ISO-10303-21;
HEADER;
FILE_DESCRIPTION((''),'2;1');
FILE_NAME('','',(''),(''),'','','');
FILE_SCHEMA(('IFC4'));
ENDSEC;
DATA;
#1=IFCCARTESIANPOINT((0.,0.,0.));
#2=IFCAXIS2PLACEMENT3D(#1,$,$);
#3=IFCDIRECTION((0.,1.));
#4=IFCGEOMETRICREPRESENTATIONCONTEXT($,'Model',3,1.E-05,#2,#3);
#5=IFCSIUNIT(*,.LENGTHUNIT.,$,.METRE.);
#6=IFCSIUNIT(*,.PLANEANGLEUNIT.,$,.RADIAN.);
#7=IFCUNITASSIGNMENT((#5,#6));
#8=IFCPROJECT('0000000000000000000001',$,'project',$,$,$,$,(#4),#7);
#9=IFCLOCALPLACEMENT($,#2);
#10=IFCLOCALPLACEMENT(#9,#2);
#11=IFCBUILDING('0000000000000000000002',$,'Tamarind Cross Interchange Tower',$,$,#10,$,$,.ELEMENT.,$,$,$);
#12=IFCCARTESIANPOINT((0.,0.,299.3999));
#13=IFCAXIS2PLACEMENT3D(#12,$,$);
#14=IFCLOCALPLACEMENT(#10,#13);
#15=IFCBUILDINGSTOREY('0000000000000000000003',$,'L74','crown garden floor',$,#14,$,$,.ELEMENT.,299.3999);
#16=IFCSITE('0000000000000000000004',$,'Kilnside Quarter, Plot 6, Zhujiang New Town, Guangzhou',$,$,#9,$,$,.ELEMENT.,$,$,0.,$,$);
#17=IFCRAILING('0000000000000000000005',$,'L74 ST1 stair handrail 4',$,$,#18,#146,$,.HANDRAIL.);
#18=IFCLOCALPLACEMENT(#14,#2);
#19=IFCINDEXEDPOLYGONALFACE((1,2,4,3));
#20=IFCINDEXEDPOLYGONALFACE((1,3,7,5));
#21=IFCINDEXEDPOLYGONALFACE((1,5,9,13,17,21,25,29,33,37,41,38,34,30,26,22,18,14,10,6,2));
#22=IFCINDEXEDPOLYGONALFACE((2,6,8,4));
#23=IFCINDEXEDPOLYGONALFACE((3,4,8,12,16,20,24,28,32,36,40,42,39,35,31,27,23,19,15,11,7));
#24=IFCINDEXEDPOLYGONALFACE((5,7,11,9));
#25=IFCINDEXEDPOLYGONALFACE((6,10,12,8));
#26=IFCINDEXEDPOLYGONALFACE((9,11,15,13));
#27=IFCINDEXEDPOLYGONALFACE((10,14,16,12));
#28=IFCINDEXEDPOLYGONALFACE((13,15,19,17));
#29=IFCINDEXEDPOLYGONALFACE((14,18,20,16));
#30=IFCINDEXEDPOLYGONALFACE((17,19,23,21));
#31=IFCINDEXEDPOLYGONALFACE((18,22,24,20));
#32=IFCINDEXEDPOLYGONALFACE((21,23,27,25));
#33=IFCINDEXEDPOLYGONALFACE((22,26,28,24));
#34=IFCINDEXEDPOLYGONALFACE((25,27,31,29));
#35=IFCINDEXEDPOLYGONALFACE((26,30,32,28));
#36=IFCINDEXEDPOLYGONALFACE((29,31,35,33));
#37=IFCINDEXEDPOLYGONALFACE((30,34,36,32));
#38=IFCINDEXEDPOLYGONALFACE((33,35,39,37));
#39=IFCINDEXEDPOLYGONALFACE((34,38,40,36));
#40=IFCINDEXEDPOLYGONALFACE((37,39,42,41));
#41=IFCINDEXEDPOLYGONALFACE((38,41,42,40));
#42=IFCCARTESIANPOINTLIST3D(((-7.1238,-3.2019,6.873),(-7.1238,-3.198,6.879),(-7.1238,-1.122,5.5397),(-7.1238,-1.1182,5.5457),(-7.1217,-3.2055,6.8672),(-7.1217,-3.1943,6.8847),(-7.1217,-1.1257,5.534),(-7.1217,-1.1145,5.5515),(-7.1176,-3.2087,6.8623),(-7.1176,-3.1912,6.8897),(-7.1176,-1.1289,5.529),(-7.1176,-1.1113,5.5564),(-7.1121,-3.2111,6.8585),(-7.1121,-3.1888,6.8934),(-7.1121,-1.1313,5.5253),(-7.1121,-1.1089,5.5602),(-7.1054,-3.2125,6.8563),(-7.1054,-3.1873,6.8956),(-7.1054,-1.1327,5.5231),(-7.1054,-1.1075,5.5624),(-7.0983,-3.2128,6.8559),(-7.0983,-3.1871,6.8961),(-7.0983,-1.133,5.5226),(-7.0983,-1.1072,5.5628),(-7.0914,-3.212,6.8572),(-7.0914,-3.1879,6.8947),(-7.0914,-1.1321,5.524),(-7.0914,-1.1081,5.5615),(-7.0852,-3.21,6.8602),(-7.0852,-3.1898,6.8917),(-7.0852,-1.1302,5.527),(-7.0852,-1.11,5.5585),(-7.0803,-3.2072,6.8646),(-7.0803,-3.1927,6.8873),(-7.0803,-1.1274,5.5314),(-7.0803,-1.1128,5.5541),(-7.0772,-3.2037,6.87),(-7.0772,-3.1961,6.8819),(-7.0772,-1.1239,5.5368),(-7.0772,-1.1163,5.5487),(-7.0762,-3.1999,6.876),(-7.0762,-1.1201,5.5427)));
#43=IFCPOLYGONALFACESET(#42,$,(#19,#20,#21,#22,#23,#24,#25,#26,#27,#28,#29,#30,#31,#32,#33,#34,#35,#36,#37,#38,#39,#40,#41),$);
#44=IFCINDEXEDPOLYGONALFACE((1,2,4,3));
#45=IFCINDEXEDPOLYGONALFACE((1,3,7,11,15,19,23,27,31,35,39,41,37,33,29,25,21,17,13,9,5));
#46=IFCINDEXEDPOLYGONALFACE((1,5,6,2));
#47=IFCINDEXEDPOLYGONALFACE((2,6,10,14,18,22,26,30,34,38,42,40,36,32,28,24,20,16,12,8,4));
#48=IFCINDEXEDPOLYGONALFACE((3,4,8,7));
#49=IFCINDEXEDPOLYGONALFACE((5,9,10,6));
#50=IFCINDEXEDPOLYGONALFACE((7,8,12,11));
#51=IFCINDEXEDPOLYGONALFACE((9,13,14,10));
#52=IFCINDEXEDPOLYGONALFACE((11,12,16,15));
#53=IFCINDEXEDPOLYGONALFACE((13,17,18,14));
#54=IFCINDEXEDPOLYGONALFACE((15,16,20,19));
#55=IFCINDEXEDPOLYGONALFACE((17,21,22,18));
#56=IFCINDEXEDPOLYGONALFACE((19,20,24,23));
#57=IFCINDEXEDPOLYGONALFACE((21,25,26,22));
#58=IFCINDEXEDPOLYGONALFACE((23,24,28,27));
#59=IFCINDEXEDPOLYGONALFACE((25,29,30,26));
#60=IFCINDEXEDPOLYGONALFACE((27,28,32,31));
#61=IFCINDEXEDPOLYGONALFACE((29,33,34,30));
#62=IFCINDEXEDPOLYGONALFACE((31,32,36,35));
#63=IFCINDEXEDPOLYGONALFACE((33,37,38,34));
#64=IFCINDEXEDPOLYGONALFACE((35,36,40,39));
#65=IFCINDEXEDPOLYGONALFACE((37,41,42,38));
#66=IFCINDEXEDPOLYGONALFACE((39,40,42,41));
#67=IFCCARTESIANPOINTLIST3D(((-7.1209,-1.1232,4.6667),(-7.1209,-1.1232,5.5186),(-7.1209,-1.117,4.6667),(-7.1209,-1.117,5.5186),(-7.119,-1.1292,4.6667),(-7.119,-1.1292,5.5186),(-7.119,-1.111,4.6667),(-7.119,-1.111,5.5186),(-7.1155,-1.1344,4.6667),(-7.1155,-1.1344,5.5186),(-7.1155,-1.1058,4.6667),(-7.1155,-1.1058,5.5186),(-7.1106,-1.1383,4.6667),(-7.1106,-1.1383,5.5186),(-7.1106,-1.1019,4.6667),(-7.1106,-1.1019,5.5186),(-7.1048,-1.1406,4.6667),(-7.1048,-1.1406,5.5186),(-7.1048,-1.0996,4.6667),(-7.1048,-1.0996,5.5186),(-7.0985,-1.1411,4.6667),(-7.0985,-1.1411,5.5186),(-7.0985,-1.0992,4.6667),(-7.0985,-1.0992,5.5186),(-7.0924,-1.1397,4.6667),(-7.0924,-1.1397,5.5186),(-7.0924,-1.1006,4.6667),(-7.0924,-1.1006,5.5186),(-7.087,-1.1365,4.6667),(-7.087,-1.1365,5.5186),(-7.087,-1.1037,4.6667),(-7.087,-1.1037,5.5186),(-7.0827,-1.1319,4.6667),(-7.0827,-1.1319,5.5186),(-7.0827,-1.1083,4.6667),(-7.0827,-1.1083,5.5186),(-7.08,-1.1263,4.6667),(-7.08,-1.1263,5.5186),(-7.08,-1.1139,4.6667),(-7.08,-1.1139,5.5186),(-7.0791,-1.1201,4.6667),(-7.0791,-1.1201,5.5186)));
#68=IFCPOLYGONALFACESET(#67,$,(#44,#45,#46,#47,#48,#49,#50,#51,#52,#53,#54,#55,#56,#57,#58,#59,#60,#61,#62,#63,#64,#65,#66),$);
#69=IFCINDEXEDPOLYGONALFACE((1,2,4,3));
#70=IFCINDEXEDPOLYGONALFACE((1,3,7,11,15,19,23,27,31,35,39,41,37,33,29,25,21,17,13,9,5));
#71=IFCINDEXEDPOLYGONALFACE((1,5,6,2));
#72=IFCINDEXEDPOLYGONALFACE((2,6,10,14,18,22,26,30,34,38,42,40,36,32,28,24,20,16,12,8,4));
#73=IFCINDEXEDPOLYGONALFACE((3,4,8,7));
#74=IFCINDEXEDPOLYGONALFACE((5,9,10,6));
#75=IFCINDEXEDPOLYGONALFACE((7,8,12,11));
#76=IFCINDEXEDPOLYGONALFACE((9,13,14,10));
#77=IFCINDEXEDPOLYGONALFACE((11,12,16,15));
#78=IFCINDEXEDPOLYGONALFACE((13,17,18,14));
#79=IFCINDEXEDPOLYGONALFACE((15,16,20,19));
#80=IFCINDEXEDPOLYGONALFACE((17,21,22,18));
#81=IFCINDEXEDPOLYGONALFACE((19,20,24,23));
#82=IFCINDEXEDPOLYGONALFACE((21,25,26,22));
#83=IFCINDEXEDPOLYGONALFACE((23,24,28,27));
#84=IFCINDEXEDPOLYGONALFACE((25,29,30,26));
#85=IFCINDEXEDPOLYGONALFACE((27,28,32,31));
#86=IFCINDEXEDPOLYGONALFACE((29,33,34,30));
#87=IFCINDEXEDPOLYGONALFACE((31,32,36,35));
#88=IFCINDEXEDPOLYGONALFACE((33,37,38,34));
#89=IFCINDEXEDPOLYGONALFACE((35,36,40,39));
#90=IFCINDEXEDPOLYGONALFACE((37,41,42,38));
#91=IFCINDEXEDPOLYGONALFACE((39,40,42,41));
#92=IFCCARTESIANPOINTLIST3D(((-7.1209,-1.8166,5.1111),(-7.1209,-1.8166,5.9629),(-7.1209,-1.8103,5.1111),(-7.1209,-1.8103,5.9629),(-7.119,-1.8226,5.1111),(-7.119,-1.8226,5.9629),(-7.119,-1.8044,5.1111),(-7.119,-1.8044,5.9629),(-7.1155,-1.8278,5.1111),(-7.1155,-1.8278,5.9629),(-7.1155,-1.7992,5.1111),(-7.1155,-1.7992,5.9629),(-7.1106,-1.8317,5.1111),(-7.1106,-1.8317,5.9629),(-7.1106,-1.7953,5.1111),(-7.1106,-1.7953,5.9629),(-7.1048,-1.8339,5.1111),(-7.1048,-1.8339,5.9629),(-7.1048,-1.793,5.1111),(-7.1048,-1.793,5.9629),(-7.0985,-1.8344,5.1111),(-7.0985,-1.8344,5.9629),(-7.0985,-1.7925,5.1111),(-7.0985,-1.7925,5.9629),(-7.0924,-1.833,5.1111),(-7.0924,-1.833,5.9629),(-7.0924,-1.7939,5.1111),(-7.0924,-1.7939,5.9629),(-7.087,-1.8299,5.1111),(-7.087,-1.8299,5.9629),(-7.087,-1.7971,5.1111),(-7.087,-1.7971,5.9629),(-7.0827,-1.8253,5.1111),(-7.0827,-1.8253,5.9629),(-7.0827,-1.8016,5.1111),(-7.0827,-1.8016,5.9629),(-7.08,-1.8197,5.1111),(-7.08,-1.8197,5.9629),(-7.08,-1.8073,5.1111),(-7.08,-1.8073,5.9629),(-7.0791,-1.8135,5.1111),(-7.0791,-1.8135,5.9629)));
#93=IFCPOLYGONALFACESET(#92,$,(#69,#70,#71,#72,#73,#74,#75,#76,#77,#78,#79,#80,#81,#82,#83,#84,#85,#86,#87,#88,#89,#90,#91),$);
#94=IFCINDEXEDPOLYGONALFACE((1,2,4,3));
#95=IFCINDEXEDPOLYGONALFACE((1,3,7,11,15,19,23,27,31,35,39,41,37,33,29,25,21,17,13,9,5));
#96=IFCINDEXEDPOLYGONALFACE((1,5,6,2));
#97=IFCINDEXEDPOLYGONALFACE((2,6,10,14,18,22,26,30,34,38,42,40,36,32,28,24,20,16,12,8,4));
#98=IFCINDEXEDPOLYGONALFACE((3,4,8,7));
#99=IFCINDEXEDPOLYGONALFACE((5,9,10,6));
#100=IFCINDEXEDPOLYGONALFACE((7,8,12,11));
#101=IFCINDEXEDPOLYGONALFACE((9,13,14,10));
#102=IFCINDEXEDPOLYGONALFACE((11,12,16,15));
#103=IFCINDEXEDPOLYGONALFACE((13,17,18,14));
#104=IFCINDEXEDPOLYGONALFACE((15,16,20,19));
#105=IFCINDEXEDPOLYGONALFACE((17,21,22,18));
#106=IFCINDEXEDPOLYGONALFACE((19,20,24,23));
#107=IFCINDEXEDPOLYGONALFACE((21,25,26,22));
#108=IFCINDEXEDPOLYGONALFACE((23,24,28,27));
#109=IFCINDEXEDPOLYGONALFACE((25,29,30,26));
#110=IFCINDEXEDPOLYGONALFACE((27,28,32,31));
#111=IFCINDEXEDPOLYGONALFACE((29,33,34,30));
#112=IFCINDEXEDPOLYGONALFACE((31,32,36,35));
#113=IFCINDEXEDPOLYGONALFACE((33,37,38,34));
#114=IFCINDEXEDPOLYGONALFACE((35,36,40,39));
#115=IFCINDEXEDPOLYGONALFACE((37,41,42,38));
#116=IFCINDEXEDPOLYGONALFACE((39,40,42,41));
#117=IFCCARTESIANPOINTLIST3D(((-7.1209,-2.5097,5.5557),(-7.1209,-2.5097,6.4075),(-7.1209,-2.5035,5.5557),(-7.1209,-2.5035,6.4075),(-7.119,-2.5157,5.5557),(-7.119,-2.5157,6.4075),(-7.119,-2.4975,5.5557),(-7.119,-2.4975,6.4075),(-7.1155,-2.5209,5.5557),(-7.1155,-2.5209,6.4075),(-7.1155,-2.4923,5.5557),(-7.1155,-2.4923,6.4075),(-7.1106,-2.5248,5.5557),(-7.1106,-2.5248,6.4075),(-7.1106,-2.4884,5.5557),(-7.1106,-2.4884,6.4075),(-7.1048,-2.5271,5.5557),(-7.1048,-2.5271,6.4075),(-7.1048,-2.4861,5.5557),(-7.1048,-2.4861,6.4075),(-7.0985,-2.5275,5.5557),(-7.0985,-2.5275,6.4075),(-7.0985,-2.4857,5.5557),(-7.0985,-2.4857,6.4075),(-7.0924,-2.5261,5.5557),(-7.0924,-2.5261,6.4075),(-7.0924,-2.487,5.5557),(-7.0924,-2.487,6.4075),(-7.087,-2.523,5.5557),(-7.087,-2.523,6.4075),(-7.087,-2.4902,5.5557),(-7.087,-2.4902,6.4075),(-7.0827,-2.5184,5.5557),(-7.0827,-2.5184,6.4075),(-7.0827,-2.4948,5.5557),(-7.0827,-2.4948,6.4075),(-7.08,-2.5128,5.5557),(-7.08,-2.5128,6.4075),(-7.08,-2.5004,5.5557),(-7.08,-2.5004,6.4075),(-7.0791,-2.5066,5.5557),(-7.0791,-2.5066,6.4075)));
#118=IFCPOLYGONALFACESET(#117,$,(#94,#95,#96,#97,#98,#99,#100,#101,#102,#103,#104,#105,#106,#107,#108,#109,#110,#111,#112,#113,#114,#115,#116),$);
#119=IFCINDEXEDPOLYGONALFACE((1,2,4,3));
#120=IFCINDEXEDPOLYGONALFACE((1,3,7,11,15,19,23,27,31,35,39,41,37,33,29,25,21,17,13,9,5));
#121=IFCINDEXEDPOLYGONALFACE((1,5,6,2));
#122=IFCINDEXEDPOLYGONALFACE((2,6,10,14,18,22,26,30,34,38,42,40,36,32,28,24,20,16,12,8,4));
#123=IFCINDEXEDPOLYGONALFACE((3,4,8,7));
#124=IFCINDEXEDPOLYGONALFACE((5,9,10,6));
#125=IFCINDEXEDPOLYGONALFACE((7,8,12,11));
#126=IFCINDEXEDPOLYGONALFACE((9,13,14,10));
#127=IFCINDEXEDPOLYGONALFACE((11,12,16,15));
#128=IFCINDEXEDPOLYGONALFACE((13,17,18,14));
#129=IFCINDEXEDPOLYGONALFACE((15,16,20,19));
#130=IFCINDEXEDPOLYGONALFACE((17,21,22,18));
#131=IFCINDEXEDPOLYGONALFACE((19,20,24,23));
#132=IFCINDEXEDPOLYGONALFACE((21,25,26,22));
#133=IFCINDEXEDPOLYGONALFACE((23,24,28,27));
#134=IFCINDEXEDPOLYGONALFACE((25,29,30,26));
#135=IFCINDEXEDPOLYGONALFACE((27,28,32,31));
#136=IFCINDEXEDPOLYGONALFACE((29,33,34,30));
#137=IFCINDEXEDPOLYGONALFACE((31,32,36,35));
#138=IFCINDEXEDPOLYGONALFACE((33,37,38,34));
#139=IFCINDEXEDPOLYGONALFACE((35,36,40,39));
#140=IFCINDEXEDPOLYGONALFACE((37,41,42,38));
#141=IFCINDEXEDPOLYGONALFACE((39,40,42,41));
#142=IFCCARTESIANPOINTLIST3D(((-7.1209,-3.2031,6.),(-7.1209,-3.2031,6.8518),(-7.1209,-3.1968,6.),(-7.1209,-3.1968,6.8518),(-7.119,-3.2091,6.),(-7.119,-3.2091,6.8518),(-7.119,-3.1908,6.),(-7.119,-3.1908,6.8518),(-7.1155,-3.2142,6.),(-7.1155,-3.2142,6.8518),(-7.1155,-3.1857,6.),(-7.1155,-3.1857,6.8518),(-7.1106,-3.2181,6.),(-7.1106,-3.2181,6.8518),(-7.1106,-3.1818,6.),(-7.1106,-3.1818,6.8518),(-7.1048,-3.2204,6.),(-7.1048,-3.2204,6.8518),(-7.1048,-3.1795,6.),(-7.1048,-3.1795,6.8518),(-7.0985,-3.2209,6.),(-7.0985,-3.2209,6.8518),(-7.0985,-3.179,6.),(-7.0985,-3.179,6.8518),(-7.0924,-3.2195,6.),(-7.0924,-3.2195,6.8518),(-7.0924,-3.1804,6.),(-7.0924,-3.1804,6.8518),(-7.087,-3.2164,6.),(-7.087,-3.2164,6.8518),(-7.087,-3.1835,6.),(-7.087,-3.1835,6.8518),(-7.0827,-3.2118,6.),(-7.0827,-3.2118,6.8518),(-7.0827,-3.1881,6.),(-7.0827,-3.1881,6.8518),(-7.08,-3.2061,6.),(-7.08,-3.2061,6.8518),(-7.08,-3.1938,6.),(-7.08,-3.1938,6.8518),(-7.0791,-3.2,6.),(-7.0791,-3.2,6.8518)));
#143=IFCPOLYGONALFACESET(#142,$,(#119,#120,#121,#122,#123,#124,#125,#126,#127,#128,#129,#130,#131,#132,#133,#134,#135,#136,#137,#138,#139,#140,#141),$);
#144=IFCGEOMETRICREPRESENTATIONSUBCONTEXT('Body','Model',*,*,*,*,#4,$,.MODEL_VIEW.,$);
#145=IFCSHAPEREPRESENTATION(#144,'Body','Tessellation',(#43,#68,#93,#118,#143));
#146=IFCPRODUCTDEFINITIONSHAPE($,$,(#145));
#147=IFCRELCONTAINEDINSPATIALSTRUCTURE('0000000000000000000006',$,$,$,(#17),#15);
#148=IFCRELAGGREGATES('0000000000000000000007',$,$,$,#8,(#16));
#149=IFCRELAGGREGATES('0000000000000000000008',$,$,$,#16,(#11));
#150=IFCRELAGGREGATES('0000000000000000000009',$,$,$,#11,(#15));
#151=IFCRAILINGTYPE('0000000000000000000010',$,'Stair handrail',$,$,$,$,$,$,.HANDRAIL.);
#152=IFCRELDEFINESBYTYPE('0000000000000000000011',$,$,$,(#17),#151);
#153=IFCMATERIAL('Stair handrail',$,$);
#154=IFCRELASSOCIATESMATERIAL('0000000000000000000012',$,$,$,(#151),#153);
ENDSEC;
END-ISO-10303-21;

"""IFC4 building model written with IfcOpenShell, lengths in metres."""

from ifc_helpers import new_model, si_unit, direction, frame, origin, origin_2d, place, context, subcontext, project, spatial, circle, extrude, material, type_object, element, save


model = new_model("IFC4")

# Units and contexts
model_context = context("Model", 3, precision=1e-05, world=origin(), true_north=direction((0.0, 1.0)))
body_context = subcontext(model_context, "Body", "Model", "MODEL_VIEW")
ifc_project = project(units=[si_unit("LENGTHUNIT", "METRE"), si_unit("PLANEANGLEUNIT", "RADIAN")], contexts=[model_context])

# Site, building, storey
site_placement = place(None, origin())
site = spatial("IfcSite", under=ifc_project, at=site_placement, Name="Kilnside Quarter, Plot 6, Zhujiang New Town, Guangzhou", CompositionType="ELEMENT", RefElevation=0.0)
building_placement = place(site_placement, origin())
building = spatial("IfcBuilding", under=site, at=building_placement, Name="Tamarind Cross Interchange Tower", CompositionType="ELEMENT")
storey_placement = place(building_placement, frame((0.0, 0.0, 299.3999)))
storey = spatial("IfcBuildingStorey", under=building, at=storey_placement, Name="L74", Description="crown garden floor", CompositionType="ELEMENT", Elevation=299.3999)

# Railing
ifc_material_1 = material(Name="Stair handrail")
railing_type_1 = type_object("IfcRailingType", Name="Stair handrail", PredefinedType="HANDRAIL", material=ifc_material_1)
railing_1_placement = place(storey_placement, frame((-7.1001, -1.1201, 4.6667)))
element("IfcRailing", 1, at=railing_1_placement, inside=storey, type_object=railing_type_1, Name="L74 ST1 stair handrail 4", PredefinedType="HANDRAIL", context=body_context, shape_type="SweptSolid", body=[
    extrude(circle(Radius=0.0239, at=origin_2d()), frame((0.0, 0.0, 0.876), z_axis=(0.0, -0.841875, 0.539673), x_axis=(1.0, 0.0, 0.0)), (0.0, 0.0, 1.0), 2.4705),
    extrude(circle(Radius=0.021, at=origin_2d()), origin(), (0.0, 0.0, 1.0), 0.8518),
    extrude(circle(Radius=0.021, at=origin_2d()), frame((0.0, -0.6934, 0.4443)), (0.0, 0.0, 1.0), 0.8518),
    extrude(circle(Radius=0.021, at=origin_2d()), frame((0.0, -1.3865, 0.8889)), (0.0, 0.0, 1.0), 0.8518),
    extrude(circle(Radius=0.021, at=origin_2d()), frame((0.0, -2.0798, 1.3333)), (0.0, 0.0, 1.0), 0.8518),
])

save(model, "model.ifc")
